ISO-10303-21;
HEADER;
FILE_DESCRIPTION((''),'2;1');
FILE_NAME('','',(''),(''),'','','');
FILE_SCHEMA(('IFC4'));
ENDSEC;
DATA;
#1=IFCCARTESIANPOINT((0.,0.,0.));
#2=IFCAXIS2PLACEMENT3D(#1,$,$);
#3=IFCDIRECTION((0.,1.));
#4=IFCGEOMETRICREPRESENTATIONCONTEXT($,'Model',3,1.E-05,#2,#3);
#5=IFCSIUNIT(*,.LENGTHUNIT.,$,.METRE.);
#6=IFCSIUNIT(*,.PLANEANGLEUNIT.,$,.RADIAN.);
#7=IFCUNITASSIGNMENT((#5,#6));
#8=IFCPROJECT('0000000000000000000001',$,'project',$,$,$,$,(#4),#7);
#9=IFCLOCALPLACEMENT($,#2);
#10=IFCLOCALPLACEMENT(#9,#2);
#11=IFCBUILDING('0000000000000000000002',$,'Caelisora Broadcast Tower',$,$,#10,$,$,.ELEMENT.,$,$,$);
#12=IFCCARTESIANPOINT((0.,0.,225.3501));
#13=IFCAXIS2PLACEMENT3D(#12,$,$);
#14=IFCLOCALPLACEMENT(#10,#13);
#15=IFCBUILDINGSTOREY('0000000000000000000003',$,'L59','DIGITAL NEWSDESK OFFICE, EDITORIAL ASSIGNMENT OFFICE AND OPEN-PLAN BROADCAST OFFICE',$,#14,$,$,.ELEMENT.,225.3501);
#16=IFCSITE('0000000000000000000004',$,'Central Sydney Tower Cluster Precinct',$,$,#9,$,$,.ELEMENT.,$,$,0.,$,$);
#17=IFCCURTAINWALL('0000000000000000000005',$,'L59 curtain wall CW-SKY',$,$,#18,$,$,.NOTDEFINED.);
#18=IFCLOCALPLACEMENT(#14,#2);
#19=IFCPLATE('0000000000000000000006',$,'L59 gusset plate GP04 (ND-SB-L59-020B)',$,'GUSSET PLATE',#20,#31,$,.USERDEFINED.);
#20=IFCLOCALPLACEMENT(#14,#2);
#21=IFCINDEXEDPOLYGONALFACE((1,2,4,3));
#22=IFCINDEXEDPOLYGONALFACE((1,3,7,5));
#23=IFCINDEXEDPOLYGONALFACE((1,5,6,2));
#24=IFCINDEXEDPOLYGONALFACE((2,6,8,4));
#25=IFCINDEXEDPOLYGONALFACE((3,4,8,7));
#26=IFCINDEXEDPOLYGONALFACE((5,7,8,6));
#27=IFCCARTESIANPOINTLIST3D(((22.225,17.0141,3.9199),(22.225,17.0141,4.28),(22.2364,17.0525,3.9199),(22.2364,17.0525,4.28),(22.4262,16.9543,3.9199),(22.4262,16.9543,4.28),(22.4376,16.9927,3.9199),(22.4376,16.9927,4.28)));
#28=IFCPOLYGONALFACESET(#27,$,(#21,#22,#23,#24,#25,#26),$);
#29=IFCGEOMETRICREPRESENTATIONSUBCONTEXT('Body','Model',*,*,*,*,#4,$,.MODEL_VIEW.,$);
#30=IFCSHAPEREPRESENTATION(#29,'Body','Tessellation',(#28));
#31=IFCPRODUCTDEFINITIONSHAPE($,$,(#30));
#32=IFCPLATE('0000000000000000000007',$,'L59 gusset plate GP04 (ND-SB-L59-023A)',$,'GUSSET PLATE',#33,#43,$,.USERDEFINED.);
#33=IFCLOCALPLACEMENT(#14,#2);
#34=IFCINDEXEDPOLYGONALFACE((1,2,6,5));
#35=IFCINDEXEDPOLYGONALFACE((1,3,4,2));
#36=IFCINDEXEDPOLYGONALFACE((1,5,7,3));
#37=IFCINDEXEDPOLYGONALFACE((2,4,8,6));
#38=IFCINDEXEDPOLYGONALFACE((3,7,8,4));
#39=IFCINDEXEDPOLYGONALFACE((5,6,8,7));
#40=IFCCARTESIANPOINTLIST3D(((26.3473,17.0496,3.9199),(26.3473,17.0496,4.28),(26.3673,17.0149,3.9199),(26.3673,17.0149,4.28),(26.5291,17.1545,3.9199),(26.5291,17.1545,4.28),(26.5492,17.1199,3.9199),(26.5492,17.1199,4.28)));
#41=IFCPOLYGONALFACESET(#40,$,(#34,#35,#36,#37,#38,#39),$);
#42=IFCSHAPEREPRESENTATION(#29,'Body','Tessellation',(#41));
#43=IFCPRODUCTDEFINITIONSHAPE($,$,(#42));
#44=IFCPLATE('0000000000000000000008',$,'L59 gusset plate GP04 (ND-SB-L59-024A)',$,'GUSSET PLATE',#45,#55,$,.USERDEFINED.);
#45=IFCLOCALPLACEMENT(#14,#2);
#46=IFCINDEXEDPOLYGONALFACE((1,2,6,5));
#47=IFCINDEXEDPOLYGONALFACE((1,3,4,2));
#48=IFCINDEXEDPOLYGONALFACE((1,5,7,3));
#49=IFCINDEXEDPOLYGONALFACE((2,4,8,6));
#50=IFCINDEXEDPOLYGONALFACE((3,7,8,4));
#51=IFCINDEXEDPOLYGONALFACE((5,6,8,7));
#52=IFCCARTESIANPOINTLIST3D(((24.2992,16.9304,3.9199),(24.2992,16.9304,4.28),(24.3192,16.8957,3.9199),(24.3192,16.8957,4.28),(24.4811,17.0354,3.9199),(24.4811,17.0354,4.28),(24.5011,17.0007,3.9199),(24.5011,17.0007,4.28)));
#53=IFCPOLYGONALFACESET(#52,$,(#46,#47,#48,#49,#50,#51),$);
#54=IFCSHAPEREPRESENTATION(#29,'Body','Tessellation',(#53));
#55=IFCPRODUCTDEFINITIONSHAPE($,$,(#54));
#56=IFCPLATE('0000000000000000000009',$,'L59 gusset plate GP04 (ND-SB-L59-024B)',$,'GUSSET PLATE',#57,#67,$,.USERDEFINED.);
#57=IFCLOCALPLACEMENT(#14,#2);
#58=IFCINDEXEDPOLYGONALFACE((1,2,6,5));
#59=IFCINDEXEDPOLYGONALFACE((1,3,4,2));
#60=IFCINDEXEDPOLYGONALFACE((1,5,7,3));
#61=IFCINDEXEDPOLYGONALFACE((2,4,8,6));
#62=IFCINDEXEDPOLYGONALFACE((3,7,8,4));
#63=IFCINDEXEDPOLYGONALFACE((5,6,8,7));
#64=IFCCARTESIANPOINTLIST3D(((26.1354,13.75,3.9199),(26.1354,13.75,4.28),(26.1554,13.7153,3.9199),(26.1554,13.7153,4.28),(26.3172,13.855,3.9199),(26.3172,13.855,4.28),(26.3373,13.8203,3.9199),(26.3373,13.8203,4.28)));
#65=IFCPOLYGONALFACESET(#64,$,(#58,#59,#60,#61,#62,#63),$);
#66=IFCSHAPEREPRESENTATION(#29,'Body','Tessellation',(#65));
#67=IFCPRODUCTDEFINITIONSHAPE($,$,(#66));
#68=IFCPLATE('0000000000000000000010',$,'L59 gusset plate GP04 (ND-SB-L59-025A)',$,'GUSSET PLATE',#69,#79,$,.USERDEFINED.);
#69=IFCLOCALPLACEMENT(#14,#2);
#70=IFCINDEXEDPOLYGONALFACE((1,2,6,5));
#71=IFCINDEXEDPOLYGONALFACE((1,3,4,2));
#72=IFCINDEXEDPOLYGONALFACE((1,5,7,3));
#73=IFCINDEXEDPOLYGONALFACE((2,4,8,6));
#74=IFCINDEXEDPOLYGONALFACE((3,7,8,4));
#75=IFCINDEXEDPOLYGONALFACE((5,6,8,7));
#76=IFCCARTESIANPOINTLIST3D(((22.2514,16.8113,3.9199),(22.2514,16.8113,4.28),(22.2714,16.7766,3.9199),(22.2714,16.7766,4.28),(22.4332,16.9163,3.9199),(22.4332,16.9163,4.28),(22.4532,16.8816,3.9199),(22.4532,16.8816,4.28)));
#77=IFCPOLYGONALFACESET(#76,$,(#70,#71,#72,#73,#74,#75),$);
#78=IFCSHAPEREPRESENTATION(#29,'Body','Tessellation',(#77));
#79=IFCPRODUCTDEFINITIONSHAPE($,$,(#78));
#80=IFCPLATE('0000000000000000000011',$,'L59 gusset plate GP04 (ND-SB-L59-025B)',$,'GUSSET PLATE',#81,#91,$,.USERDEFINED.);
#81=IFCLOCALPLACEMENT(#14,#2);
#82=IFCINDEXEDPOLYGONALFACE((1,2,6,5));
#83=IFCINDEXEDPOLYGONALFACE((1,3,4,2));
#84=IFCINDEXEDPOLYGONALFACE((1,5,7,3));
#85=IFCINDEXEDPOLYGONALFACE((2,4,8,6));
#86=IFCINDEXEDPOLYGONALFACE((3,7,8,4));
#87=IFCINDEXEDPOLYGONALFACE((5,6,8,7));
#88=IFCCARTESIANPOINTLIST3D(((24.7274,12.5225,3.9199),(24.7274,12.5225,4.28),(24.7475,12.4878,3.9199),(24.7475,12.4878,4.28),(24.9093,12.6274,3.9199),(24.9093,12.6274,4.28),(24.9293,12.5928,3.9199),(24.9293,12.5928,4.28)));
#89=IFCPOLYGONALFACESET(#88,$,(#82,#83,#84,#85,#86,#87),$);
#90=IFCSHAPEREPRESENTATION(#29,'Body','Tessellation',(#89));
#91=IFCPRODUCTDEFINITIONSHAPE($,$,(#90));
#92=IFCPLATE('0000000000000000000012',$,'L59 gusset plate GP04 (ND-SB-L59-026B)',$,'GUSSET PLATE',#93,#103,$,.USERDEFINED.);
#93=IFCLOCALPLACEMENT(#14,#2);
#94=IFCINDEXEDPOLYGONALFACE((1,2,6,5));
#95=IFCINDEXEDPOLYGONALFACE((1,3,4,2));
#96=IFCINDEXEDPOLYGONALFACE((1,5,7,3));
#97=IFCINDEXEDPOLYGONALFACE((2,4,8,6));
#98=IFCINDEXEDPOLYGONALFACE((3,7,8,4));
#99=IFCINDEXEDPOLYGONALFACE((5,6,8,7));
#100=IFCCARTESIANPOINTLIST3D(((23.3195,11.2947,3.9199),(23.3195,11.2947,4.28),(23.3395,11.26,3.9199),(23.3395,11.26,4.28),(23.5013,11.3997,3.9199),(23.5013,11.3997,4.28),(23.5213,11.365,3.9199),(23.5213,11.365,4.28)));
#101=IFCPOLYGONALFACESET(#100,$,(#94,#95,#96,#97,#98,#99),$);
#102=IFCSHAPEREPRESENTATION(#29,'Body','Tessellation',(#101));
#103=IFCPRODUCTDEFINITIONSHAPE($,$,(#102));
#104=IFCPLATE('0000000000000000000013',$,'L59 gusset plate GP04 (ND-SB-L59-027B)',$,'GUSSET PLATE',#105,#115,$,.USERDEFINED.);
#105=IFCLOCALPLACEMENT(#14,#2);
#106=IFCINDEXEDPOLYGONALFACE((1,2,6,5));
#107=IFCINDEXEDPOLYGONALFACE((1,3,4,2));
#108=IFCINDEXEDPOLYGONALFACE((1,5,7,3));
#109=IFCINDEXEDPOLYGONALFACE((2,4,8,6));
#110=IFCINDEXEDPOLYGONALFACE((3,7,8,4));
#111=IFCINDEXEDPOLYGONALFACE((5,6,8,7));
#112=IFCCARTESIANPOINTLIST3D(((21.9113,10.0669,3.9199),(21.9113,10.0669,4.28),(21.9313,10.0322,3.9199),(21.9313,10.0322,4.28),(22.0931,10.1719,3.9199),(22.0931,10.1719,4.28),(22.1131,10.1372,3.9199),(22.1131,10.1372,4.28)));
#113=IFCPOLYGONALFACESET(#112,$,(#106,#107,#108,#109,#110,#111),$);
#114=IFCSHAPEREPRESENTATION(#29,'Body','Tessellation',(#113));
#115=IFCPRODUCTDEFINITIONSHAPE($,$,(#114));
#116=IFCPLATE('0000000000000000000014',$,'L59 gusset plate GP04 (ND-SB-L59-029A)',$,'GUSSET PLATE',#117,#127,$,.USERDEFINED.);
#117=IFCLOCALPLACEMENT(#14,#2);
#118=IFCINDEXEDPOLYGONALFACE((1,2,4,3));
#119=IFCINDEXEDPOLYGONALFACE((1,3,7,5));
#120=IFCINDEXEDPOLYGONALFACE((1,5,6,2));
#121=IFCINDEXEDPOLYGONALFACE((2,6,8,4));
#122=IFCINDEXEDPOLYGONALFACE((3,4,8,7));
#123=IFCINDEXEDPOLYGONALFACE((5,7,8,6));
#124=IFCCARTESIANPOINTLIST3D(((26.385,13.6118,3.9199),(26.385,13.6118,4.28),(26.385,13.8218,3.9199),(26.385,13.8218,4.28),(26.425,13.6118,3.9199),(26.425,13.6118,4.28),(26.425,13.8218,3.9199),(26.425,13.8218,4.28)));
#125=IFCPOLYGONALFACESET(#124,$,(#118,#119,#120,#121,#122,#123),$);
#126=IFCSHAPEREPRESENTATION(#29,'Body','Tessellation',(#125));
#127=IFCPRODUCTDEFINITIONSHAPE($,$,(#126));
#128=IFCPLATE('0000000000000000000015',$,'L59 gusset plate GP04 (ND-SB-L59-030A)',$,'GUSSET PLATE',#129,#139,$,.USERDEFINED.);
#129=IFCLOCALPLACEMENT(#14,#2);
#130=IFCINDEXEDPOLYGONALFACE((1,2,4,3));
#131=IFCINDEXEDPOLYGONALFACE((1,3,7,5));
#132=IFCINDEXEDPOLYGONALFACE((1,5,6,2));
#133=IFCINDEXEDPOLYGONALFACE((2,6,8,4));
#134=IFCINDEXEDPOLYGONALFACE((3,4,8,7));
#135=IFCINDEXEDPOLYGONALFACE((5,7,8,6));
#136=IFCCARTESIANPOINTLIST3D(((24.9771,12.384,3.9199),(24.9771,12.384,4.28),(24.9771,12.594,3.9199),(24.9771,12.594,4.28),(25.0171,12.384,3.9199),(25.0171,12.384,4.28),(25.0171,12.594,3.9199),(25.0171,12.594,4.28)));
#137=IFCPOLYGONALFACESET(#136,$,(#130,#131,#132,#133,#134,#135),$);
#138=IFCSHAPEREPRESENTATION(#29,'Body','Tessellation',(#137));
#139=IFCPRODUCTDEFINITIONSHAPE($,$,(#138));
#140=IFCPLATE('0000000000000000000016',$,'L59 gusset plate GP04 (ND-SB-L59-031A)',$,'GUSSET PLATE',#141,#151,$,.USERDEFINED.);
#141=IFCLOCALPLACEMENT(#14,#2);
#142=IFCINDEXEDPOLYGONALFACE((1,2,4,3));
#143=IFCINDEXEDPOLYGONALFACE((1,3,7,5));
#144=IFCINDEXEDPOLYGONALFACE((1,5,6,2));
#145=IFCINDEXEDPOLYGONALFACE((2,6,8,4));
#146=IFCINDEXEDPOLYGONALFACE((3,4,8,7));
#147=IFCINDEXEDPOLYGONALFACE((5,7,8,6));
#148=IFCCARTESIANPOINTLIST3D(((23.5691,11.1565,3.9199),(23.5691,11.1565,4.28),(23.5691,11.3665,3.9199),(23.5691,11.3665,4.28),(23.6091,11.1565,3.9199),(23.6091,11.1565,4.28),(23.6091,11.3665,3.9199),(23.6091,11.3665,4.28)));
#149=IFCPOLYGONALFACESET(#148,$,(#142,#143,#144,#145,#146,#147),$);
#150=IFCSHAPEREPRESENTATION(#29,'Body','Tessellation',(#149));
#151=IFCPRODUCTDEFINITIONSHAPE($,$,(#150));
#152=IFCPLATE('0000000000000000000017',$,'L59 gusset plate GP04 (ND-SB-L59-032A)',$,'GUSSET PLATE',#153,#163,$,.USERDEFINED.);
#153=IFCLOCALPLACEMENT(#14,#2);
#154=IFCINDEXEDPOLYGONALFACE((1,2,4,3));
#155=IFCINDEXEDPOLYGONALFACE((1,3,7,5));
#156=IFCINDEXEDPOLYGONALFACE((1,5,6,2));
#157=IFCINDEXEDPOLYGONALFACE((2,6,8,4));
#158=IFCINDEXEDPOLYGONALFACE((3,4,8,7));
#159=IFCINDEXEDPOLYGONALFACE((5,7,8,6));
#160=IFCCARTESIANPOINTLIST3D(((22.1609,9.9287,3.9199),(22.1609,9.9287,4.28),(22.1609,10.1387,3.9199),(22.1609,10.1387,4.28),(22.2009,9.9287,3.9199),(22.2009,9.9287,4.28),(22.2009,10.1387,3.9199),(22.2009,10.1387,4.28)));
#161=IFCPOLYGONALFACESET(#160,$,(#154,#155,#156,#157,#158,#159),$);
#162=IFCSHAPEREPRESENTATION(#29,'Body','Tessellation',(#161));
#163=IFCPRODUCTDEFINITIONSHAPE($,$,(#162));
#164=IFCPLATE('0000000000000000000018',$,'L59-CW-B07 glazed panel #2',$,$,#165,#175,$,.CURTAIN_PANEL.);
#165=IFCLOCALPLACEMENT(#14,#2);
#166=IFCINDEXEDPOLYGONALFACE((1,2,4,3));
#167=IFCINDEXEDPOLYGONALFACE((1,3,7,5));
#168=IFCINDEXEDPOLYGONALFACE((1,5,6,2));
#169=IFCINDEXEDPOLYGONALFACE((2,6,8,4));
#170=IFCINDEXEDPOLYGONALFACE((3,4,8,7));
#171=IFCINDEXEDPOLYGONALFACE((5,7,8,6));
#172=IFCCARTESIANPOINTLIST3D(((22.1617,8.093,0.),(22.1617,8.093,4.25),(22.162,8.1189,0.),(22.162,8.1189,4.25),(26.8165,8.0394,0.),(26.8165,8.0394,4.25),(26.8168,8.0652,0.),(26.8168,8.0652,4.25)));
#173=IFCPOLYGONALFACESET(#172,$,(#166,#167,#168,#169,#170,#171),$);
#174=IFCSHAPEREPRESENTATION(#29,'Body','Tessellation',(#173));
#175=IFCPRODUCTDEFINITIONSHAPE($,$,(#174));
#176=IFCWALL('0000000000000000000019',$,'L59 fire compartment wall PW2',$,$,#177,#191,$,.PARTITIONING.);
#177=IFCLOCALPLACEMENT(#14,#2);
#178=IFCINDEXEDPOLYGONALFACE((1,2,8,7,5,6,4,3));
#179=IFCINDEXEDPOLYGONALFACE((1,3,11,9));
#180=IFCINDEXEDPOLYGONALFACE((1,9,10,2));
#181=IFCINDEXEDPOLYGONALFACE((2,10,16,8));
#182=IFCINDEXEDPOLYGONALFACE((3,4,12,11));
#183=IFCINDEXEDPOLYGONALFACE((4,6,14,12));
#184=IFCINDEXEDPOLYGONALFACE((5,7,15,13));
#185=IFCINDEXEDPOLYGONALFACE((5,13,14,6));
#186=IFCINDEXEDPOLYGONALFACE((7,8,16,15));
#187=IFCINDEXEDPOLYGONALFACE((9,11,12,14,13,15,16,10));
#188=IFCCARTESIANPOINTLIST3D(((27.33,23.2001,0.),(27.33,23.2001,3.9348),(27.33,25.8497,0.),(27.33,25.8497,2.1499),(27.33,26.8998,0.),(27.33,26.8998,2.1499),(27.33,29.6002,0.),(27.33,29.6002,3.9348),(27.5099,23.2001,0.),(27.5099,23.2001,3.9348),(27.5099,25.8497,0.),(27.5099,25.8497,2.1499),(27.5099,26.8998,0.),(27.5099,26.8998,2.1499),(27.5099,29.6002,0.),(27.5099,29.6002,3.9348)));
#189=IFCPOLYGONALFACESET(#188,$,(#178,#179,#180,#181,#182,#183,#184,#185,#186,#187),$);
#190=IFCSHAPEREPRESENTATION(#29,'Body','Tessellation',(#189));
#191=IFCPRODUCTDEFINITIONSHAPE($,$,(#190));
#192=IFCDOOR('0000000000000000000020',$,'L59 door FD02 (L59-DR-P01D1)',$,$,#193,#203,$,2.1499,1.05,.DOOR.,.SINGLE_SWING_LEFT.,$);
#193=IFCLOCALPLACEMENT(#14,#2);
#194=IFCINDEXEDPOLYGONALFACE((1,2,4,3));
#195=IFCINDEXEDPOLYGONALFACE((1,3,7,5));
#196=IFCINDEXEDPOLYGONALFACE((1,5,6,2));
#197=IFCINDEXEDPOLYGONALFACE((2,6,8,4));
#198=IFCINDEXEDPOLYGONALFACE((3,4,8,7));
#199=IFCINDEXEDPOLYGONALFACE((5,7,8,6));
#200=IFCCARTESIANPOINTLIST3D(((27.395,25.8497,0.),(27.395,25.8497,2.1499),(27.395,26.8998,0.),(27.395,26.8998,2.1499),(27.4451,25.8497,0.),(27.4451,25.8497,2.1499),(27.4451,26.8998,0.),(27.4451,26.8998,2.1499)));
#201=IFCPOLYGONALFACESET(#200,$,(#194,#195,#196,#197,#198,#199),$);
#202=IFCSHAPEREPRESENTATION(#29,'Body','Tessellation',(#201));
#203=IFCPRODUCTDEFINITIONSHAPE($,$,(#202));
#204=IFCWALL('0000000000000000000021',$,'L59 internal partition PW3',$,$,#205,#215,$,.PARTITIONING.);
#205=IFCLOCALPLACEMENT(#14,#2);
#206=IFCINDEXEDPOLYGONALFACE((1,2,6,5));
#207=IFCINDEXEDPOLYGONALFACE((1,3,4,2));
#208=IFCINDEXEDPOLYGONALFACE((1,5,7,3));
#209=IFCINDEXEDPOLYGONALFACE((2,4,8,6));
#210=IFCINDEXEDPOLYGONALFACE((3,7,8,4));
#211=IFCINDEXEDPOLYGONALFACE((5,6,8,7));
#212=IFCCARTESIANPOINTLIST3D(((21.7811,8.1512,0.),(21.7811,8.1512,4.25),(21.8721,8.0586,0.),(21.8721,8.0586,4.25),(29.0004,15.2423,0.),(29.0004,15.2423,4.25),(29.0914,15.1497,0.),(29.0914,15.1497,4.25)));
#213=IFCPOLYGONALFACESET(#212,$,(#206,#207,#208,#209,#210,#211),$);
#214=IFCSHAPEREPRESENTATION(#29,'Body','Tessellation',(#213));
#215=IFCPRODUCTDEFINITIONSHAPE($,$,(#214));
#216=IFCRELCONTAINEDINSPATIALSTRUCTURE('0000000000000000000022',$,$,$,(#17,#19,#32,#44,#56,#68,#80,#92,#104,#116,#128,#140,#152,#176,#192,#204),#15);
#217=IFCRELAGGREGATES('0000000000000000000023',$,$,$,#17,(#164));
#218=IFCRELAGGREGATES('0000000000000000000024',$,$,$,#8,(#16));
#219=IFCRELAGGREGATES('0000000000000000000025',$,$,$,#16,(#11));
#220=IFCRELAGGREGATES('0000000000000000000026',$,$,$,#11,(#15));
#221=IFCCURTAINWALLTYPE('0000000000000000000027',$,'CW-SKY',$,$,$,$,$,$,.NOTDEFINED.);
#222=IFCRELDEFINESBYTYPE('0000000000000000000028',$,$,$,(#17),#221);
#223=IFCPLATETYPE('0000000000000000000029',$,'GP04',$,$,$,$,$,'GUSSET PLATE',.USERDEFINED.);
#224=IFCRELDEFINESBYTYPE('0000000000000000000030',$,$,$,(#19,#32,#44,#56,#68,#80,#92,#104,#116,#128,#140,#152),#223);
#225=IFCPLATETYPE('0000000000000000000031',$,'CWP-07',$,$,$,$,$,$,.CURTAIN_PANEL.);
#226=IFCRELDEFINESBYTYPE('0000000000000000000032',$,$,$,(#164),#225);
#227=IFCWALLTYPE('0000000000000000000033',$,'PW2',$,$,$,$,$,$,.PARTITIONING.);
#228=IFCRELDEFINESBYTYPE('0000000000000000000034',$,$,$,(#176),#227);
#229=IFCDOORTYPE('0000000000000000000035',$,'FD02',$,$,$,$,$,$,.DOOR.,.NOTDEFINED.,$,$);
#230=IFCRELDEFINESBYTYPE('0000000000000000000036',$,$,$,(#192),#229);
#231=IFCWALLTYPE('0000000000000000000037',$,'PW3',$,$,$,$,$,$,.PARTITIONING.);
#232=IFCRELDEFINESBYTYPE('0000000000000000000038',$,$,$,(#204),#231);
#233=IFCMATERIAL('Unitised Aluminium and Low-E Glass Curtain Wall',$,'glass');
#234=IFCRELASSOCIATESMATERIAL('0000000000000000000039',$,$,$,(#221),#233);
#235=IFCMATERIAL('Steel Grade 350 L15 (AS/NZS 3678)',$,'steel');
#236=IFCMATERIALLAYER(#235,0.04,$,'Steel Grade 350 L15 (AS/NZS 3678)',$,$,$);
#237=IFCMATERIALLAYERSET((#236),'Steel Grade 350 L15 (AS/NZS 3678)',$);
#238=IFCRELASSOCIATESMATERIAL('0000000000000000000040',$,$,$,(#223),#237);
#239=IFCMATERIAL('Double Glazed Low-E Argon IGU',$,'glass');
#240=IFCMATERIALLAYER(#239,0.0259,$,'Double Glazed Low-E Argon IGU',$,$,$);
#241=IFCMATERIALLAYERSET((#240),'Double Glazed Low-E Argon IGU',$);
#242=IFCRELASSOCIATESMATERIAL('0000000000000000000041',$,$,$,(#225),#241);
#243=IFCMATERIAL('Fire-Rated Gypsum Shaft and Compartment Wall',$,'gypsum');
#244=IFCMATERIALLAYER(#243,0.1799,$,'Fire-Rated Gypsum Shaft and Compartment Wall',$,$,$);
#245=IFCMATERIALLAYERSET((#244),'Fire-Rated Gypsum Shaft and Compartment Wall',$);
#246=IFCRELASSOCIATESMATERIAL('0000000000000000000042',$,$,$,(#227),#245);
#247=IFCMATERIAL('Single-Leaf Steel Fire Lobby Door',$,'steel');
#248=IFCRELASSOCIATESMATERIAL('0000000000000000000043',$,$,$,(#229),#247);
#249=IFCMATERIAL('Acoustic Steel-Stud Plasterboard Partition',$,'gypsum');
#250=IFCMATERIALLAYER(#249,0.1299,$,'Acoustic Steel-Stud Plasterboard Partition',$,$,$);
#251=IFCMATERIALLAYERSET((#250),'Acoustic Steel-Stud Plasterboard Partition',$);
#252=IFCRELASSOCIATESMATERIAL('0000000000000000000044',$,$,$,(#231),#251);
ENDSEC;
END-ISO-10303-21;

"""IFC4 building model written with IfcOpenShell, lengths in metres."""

from ifc_helpers import new_model, si_unit, direction, frame, frame_2d, origin, origin_2d, place, context, subcontext, project, spatial, rectangle, extrude, source, transform, mapped, material, layer, layer_set, type_object, type_shapes, element, fill, aggregate, save


model = new_model("IFC4")

# Units and contexts
model_context = context("Model", 3, precision=1e-05, world=origin(), true_north=direction((0.0, 1.0)))
body_context = subcontext(model_context, "Body", "Model", "MODEL_VIEW")
ifc_project = project(units=[si_unit("LENGTHUNIT", "METRE"), si_unit("PLANEANGLEUNIT", "RADIAN")], contexts=[model_context])

# Site, building, storey
site_placement = place(None, origin())
site = spatial("IfcSite", under=ifc_project, at=site_placement, Name="Central Sydney Tower Cluster Precinct", CompositionType="ELEMENT", RefElevation=0.0)
building_placement = place(site_placement, origin())
building = spatial("IfcBuilding", under=site, at=building_placement, Name="Caelisora Broadcast Tower", CompositionType="ELEMENT")
storey_placement = place(building_placement, frame((0.0, 0.0, 225.3501)))
storey = spatial("IfcBuildingStorey", under=building, at=storey_placement, Name="L59", Description="DIGITAL NEWSDESK OFFICE, EDITORIAL ASSIGNMENT OFFICE AND OPEN-PLAN BROADCAST OFFICE", CompositionType="ELEMENT", Elevation=225.3501)

# Curtain wall
ifc_material_1 = material(Name="Unitised Aluminium and Low-E Glass Curtain Wall", Category="glass")
curtain_wall_type = type_object("IfcCurtainWallType", Name="CW-SKY", PredefinedType="NOTDEFINED", material=ifc_material_1)
curtain_wall_placement = place(storey_placement, origin())
curtain_wall = element("IfcCurtainWall", 1, at=curtain_wall_placement, inside=storey, type_object=curtain_wall_type, Name="L59 curtain wall CW-SKY", PredefinedType="NOTDEFINED")

# Plates
ifc_material_2 = material(Name="Steel Grade 350 L15 (AS/NZS 3678)", Category="steel")
ifc_layer_1 = layer(ifc_material_2, 0.04, Name="Steel Grade 350 L15 (AS/NZS 3678)")
ifc_layer_set_1 = layer_set([ifc_layer_1], Name="Steel Grade 350 L15 (AS/NZS 3678)")
plate_type_1 = type_object("IfcPlateType", Name="GP04", ElementType="GUSSET PLATE", PredefinedType="USERDEFINED", material=ifc_layer_set_1)
shared_shape_1 = source(origin(), body_context, "Body", "SweptSolid", [
    extrude(rectangle(XDim=0.21, YDim=0.04, at=origin_2d()), origin(), (0.0, 0.0, 1.0), 0.3601),
])
type_shapes(plate_type_1, [shared_shape_1])
for number, where, z_axis, x_axis, name in (
    (2, (22.3313, 17.0034, 3.9199), (0.0, 0.0, 1.0), (0.958572, -0.284852, 0.0), "L59 gusset plate GP04 (ND-SB-L59-020B)"),
    (3, (26.4482, 17.0847, 3.9199), (0.0, 0.0, 1.0), (0.866025, 0.5, 0.0), "L59 gusset plate GP04 (ND-SB-L59-023A)"),
    (4, (24.4001, 16.9656, 3.9199), (0.0, 0.0, 1.0), (0.866025, 0.5, 0.0), "L59 gusset plate GP04 (ND-SB-L59-024A)"),
    (5, (26.2363, 13.7852, 3.9199), (0.0, 0.0, 1.0), (0.866025, 0.5, 0.0), "L59 gusset plate GP04 (ND-SB-L59-024B)"),
    (6, (22.3523, 16.8464, 3.9199), (0.0, 0.0, 1.0), (0.866025, 0.5, 0.0), "L59 gusset plate GP04 (ND-SB-L59-025A)"),
    (7, (24.8284, 12.5576, 3.9199), (0.0, 0.0, 1.0), (0.866025, 0.5, 0.0), "L59 gusset plate GP04 (ND-SB-L59-025B)"),
    (8, (23.4204, 11.3298, 3.9199), (0.0, 0.0, 1.0), (0.866025, 0.5, 0.0), "L59 gusset plate GP04 (ND-SB-L59-026B)"),
    (9, (22.0122, 10.1021, 3.9199), (0.0, 0.0, 1.0), (0.866025, 0.5, 0.0), "L59 gusset plate GP04 (ND-SB-L59-027B)"),
    (10, (26.405, 13.7168, 3.9199), (0.0, 0.0, 1.0), (0.0, 1.0, 0.0), "L59 gusset plate GP04 (ND-SB-L59-029A)"),
    (11, (24.9971, 12.489, 3.9199), (0.0, 0.0, 1.0), (0.0, 1.0, 0.0), "L59 gusset plate GP04 (ND-SB-L59-030A)"),
    (12, (23.5891, 11.2615, 3.9199), (0.0, 0.0, 1.0), (0.0, 1.0, 0.0), "L59 gusset plate GP04 (ND-SB-L59-031A)"),
    (13, (22.1809, 10.0337, 3.9199), (0.0, 0.0, 1.0), (0.0, 1.0, 0.0), "L59 gusset plate GP04 (ND-SB-L59-032A)"),
):
    element("IfcPlate", number, at=place(storey_placement, frame(where, z_axis=z_axis, x_axis=x_axis)), inside=storey, type_object=plate_type_1, Name=name, ObjectType="GUSSET PLATE", PredefinedType="USERDEFINED", context=body_context, shape_type="MappedRepresentation", body=[
        mapped(shared_shape_1, transform((0.0, 0.0, 0.0), scale=1.0)),
    ])

# Plate
ifc_material_3 = material(Name="Double Glazed Low-E Argon IGU", Category="glass")
ifc_layer_2 = layer(ifc_material_3, 0.0259, Name="Double Glazed Low-E Argon IGU")
ifc_layer_set_2 = layer_set([ifc_layer_2], Name="Double Glazed Low-E Argon IGU")
plate_type_2 = type_object("IfcPlateType", Name="CWP-07", PredefinedType="CURTAIN_PANEL", material=ifc_layer_set_2)
shared_shape_2 = source(origin(), body_context, "Body", "SweptSolid", [
    extrude(rectangle(XDim=4.655, YDim=0.0259, at=origin_2d()), origin(), (0.0, 0.0, 1.0), 4.25),
])
type_shapes(plate_type_2, [shared_shape_2])
plate_placement = place(storey_placement, frame((24.4893, 8.0791, 0.0), z_axis=(0.0, 0.0, 1.0), x_axis=(-0.999934, 0.011519, 0.0)))
plate = element("IfcPlate", 14, at=plate_placement, type_object=plate_type_2, Name="L59-CW-B07 glazed panel #2", PredefinedType="CURTAIN_PANEL", context=body_context, shape_type="MappedRepresentation", body=[
    mapped(shared_shape_2, transform((0.0, 0.0, 0.0), scale=1.0)),
])
aggregate(curtain_wall, [plate])

# Wall, opening, door
ifc_material_4 = material(Name="Fire-Rated Gypsum Shaft and Compartment Wall", Category="gypsum")
ifc_layer_3 = layer(ifc_material_4, 0.1799, Name="Fire-Rated Gypsum Shaft and Compartment Wall")
ifc_layer_set_3 = layer_set([ifc_layer_3], Name="Fire-Rated Gypsum Shaft and Compartment Wall")
wall_type_1 = type_object("IfcWallType", Name="PW2", PredefinedType="PARTITIONING", material=ifc_layer_set_3)
wall_1_placement = place(storey_placement, frame((27.4199, 23.2, 0.0), z_axis=(0.0, 0.0, 1.0), x_axis=(0.0, 1.0, 0.0)))
wall_1 = element("IfcWall", 15, at=wall_1_placement, inside=storey, type_object=wall_type_1, Name="L59 fire compartment wall PW2", PredefinedType="PARTITIONING", context=body_context, shape_type="SweptSolid", body=[
    extrude(rectangle(XDim=6.4001, YDim=0.1799, at=frame_2d((3.2002, 0.0))), origin(), (0.0, 0.0, 1.0), 3.9348),
])
opening_1_placement = place(wall_1_placement, frame((2.6499, 0.0, 0.0)))
opening_1 = element("IfcOpeningElement", 16, at=opening_1_placement, cuts=wall_1, PredefinedType="OPENING", context=body_context, shape_type="SweptSolid", body=[
    extrude(rectangle(XDim=1.05, YDim=2.1499, at=frame_2d((0.5249, 1.075))), frame((0.0, 0.1021, 0.0), z_axis=(0.0, -1.0, 0.0), x_axis=(1.0, 0.0, 0.0)), (0.0, 0.0, 1.0), 0.2039),
])
ifc_material_5 = material(Name="Single-Leaf Steel Fire Lobby Door", Category="steel")
door_type_1 = type_object("IfcDoorType", Name="FD02", OperationType="NOTDEFINED", PredefinedType="DOOR", material=ifc_material_5)
door_1_placement = place(opening_1_placement, origin())
door_1 = element("IfcDoor", 17, at=door_1_placement, inside=storey, type_object=door_type_1, Name="L59 door FD02 (L59-DR-P01D1)", OperationType="SINGLE_SWING_LEFT", OverallHeight=2.1499, OverallWidth=1.05, PredefinedType="DOOR", context=body_context, shape_type="SweptSolid", body=[
    extrude(rectangle(XDim=1.05, YDim=2.1499, at=frame_2d((0.5249, 1.075))), frame((0.0, 0.0249, 0.0), z_axis=(0.0, -1.0, 0.0), x_axis=(1.0, 0.0, 0.0)), (0.0, 0.0, 1.0), 0.05),
])
fill(opening_1, door_1)

# Wall
ifc_material_6 = material(Name="Acoustic Steel-Stud Plasterboard Partition", Category="gypsum")
ifc_layer_4 = layer(ifc_material_6, 0.1299, Name="Acoustic Steel-Stud Plasterboard Partition")
ifc_layer_set_4 = layer_set([ifc_layer_4], Name="Acoustic Steel-Stud Plasterboard Partition")
wall_type_2 = type_object("IfcWallType", Name="PW3", PredefinedType="PARTITIONING", material=ifc_layer_set_4)
wall_2_placement = place(storey_placement, frame((21.8267, 8.105, 0.0), z_axis=(0.0, 0.0, 1.0), x_axis=(0.713412, 0.700745, 0.0)))
element("IfcWall", 18, at=wall_2_placement, inside=storey, type_object=wall_type_2, Name="L59 internal partition PW3", PredefinedType="PARTITIONING", context=body_context, shape_type="SweptSolid", body=[
    extrude(rectangle(XDim=10.1194, YDim=0.1299, at=frame_2d((5.0596, 0.0))), origin(), (0.0, 0.0, 1.0), 4.25),
])

save(model, "model.ifc")
